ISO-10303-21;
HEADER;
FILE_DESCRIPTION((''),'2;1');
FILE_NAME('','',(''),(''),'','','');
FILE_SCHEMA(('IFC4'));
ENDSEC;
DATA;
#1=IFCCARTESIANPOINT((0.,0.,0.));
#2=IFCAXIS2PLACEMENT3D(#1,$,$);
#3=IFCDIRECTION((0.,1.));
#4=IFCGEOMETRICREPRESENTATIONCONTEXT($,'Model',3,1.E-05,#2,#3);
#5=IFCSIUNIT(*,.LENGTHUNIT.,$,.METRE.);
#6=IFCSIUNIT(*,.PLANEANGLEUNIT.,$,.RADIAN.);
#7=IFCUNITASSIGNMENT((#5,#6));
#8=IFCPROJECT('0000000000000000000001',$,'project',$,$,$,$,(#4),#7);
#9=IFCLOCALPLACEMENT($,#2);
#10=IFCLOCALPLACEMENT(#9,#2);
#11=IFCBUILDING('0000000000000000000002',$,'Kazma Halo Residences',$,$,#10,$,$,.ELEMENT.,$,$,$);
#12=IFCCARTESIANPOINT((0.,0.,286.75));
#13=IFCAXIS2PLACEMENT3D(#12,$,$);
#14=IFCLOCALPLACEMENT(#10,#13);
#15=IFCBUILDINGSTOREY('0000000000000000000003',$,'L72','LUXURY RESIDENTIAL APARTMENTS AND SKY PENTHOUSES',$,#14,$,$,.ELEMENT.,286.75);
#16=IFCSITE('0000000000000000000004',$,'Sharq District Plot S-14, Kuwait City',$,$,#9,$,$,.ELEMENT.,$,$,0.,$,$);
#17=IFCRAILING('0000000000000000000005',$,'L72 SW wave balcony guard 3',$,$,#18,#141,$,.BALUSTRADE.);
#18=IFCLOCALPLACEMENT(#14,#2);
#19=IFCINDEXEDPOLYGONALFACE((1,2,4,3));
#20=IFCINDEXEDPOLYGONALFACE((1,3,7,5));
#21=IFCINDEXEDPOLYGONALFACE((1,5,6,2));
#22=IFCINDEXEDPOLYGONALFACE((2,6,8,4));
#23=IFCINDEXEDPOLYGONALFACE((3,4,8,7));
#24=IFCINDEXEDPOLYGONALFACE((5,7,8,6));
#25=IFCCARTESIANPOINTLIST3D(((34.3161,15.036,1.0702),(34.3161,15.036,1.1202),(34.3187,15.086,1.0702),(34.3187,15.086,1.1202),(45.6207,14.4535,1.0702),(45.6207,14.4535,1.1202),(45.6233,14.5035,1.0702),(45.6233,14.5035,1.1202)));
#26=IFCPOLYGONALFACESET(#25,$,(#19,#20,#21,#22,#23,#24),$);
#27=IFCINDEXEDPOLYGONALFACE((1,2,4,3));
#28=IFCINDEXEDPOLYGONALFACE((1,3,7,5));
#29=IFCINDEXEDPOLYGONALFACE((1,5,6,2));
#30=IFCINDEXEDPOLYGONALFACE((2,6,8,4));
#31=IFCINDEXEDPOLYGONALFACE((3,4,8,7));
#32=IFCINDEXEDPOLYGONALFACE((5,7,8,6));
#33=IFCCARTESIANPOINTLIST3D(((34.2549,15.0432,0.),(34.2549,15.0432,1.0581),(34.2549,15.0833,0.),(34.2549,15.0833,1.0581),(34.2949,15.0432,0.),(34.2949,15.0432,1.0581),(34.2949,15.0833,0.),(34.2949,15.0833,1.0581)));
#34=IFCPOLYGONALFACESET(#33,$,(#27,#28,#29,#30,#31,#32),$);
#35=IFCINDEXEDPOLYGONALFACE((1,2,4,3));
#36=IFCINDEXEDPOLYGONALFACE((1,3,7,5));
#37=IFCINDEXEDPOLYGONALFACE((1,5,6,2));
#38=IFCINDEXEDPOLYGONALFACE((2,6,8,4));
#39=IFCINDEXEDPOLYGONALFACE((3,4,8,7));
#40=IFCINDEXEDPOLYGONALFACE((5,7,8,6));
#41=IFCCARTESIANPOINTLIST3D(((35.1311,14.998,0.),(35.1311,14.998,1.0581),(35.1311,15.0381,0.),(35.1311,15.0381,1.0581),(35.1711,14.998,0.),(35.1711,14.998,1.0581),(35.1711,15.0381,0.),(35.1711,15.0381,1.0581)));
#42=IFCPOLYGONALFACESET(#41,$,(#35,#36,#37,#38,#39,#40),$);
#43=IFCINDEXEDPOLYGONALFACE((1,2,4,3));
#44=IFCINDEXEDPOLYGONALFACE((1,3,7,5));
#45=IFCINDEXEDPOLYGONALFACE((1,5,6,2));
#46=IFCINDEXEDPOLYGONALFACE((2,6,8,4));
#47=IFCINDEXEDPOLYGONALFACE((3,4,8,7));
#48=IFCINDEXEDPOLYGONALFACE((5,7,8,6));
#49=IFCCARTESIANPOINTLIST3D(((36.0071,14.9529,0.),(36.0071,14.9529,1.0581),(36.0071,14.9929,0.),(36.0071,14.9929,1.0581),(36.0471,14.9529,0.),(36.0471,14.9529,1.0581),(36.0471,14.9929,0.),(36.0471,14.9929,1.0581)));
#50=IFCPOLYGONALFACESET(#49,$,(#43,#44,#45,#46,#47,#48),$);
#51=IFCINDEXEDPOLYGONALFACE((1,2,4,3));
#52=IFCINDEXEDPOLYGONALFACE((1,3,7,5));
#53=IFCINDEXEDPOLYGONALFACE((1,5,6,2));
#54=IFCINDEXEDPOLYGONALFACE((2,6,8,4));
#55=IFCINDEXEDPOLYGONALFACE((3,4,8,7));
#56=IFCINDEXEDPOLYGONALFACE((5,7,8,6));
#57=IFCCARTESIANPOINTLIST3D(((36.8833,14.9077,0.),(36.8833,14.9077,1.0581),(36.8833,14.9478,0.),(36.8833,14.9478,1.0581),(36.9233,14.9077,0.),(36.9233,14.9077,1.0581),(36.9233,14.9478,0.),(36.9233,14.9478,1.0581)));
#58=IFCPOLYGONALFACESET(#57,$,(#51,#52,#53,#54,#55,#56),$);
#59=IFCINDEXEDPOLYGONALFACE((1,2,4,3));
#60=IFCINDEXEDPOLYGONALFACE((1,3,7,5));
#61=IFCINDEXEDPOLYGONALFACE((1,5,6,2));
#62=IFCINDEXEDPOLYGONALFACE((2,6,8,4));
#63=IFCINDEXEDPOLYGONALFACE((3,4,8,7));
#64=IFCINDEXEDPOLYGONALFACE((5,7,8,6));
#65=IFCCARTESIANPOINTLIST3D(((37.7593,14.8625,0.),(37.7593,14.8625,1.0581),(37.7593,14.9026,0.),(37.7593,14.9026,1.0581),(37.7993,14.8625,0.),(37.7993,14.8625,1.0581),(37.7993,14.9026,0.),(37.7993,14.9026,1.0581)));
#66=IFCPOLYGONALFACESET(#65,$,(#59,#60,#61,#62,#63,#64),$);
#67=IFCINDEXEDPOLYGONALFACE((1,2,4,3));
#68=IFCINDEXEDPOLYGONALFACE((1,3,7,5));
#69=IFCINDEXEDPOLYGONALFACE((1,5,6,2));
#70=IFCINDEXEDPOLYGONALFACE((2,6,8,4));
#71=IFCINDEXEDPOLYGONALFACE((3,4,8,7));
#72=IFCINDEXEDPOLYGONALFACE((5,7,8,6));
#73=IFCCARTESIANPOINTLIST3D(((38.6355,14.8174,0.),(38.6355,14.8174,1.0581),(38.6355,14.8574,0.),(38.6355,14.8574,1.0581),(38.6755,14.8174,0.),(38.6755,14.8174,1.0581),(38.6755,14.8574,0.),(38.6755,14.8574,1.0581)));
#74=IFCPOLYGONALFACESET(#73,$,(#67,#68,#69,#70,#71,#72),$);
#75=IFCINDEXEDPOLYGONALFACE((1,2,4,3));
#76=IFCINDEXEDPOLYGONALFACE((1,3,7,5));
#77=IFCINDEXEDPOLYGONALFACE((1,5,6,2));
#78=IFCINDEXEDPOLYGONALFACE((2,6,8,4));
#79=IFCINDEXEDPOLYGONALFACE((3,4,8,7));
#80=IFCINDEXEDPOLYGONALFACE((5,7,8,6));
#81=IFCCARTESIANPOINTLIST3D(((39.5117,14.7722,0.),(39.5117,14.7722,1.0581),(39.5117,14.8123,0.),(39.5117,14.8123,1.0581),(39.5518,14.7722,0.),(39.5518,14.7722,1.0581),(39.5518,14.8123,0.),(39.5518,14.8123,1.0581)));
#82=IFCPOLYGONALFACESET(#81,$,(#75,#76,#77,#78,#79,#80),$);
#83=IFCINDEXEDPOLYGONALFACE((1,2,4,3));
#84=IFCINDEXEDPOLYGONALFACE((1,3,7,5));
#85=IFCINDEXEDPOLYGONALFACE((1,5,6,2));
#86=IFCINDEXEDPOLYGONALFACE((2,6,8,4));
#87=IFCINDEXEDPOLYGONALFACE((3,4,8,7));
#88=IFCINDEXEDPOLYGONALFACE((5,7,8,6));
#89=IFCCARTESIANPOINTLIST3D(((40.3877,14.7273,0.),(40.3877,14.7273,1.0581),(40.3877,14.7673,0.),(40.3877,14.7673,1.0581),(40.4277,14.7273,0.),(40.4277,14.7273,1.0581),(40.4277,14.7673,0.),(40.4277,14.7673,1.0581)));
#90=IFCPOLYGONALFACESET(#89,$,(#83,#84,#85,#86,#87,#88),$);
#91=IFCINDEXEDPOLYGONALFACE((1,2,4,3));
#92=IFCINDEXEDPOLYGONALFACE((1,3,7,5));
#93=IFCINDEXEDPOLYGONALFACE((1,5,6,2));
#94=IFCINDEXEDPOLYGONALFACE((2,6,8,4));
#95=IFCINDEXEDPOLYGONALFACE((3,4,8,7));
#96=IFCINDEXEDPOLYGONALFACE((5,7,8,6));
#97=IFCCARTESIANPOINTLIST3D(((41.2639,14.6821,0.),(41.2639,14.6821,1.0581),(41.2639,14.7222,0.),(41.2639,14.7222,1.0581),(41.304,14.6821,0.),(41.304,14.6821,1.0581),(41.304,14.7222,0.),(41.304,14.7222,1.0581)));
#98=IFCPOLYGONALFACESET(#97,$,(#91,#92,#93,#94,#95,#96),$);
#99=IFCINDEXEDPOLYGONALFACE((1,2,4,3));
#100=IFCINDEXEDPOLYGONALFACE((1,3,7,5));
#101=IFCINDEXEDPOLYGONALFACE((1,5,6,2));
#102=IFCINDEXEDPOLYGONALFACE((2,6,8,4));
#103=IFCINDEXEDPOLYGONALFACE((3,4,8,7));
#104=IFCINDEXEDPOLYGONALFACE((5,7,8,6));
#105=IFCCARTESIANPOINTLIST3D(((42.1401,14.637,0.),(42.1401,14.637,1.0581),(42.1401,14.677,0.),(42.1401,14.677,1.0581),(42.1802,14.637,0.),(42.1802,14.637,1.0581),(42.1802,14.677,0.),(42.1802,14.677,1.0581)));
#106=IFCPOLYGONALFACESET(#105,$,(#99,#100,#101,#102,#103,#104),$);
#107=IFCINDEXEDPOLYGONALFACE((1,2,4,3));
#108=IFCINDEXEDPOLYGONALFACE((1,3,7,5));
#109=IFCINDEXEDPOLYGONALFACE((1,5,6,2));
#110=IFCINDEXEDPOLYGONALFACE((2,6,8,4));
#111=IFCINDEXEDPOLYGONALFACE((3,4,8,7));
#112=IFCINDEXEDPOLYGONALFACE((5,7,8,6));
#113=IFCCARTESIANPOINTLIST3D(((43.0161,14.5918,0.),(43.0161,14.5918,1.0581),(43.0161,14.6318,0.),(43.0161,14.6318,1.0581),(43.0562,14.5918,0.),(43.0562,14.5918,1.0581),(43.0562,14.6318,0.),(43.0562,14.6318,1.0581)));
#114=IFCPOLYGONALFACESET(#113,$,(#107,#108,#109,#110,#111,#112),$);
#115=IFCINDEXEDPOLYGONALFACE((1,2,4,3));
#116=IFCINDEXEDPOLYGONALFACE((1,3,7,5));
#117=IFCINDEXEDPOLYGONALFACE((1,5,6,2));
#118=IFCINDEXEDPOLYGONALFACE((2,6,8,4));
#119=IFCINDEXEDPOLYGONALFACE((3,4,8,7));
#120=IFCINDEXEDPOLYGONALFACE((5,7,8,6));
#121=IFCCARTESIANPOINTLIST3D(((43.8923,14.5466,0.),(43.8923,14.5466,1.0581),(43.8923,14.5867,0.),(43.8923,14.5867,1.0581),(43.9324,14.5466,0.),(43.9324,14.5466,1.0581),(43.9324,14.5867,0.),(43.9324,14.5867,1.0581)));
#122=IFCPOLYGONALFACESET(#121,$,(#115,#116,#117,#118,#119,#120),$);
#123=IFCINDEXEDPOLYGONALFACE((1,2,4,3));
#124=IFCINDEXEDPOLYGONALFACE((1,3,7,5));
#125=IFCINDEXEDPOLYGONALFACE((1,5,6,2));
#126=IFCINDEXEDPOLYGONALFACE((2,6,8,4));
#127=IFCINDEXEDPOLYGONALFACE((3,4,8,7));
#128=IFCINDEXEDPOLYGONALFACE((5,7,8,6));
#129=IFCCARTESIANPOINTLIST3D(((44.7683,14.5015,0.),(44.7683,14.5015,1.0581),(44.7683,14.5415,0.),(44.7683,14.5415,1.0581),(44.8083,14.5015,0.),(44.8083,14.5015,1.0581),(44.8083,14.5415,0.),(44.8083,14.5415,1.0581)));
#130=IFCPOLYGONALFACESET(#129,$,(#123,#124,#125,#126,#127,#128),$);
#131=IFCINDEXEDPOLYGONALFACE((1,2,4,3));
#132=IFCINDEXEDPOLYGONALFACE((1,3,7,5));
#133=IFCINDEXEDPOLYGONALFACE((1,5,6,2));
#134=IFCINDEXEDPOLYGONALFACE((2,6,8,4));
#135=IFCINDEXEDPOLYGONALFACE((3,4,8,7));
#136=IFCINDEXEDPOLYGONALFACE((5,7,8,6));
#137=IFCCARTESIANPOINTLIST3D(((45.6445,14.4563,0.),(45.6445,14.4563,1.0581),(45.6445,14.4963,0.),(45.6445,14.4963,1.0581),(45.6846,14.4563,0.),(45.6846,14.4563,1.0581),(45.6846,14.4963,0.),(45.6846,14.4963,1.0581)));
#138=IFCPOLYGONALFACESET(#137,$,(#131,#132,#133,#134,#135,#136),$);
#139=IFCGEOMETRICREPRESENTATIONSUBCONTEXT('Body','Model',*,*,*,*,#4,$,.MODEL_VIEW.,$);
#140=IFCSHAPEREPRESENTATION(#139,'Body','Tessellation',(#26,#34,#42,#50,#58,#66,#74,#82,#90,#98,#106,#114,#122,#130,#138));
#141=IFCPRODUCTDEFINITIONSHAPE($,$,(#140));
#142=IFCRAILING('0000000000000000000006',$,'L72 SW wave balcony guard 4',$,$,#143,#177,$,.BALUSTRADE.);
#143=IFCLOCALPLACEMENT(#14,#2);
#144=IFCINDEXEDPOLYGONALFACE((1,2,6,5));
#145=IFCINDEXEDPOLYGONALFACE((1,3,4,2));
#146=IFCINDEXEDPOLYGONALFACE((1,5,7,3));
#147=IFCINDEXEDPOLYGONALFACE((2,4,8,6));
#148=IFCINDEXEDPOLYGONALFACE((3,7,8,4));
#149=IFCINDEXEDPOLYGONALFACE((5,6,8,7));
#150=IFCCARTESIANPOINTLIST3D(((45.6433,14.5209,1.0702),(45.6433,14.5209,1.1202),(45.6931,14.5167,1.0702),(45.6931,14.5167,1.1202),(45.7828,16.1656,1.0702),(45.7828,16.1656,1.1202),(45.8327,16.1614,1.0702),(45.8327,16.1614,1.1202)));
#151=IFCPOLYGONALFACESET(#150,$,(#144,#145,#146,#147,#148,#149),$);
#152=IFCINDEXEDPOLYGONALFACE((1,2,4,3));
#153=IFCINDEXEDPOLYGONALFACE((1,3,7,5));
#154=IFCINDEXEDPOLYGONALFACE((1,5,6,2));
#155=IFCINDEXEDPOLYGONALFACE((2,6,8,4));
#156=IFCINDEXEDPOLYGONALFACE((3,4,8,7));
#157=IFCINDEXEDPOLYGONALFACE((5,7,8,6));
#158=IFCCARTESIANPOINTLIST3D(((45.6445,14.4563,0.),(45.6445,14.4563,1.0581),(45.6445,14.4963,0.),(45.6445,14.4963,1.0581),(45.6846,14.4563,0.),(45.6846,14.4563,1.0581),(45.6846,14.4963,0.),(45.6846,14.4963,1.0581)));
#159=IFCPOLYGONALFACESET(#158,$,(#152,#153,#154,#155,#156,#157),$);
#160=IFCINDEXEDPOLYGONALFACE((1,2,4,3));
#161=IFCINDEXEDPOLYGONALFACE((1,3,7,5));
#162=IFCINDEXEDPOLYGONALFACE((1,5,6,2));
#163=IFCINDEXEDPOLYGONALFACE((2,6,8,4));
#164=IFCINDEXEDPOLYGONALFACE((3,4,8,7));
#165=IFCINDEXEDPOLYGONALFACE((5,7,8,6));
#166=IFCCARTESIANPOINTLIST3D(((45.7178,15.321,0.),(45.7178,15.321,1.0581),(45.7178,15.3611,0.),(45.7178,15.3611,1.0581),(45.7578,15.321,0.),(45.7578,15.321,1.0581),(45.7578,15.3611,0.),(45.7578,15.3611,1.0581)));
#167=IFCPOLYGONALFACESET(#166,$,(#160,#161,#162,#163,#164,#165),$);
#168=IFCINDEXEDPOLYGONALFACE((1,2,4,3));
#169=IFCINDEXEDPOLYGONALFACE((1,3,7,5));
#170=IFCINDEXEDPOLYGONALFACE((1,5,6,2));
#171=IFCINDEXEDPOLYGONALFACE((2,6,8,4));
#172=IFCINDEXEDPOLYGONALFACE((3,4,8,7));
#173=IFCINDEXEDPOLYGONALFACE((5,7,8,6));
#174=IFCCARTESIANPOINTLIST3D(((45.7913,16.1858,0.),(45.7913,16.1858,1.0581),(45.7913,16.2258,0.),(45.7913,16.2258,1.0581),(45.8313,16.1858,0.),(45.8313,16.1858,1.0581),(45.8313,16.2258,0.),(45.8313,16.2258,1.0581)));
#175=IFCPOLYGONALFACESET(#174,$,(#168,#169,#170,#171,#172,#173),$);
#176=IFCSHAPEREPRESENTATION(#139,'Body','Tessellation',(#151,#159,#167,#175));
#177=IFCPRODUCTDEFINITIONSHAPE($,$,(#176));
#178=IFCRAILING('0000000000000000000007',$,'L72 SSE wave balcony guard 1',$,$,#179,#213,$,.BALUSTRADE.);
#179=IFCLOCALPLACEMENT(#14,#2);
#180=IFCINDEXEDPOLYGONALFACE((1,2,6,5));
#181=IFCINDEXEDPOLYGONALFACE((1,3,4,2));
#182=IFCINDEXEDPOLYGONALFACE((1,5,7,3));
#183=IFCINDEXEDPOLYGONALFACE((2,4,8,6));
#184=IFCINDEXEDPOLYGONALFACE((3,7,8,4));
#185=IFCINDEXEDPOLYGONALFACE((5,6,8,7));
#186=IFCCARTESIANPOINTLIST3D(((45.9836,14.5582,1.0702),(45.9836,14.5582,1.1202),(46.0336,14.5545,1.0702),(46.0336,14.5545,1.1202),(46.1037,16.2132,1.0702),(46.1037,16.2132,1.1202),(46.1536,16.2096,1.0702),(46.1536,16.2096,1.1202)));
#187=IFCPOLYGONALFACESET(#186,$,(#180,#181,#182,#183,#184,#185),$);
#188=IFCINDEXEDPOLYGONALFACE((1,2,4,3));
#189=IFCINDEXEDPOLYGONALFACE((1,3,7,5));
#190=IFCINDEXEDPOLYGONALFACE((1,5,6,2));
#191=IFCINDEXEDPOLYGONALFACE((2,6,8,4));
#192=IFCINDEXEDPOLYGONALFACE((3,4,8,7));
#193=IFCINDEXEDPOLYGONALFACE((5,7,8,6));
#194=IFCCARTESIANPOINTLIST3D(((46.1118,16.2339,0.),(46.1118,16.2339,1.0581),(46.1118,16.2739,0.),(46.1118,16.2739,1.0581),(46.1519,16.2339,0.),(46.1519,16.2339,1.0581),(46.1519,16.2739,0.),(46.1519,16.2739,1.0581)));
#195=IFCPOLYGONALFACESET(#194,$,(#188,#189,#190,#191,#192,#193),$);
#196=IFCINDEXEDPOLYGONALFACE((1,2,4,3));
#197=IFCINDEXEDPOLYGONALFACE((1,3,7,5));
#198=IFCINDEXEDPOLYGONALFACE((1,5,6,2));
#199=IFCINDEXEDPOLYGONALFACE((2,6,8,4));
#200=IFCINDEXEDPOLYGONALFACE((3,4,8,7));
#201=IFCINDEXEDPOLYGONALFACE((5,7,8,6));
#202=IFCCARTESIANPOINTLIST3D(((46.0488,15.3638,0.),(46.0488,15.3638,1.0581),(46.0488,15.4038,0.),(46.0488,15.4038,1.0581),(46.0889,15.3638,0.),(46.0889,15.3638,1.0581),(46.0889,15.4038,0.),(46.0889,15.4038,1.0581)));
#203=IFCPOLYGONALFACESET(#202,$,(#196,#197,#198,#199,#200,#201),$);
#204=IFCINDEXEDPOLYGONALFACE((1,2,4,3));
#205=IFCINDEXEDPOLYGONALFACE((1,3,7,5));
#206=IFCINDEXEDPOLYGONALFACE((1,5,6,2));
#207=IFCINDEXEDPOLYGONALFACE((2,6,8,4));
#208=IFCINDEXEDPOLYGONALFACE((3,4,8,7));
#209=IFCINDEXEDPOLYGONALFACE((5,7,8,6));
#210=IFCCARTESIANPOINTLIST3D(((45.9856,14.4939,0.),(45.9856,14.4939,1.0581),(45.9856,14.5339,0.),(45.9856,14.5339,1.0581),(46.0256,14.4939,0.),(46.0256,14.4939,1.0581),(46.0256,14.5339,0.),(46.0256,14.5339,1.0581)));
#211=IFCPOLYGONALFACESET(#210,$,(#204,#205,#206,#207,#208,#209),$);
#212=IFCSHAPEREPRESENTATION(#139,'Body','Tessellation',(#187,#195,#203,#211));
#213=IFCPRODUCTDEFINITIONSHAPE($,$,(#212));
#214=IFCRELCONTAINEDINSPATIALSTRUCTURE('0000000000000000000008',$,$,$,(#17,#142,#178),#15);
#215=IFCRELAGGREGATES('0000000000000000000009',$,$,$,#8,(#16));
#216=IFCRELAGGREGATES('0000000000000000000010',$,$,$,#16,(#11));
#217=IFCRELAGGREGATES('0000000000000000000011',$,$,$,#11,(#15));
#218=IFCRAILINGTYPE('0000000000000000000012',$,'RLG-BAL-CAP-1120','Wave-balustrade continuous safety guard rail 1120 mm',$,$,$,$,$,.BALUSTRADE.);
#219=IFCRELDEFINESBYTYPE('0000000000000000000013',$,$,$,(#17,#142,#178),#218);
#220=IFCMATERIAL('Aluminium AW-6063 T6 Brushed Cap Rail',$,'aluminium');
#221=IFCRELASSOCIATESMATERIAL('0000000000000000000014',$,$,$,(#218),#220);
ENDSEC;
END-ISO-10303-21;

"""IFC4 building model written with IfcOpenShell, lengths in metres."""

from ifc_helpers import new_model, si_unit, direction, frame, origin, origin_2d, place, context, subcontext, project, spatial, rectangle, extrude, material, type_object, element, save


model = new_model("IFC4")

# Units and contexts
model_context = context("Model", 3, precision=1e-05, world=origin(), true_north=direction((0.0, 1.0)))
body_context = subcontext(model_context, "Body", "Model", "MODEL_VIEW")
ifc_project = project(units=[si_unit("LENGTHUNIT", "METRE"), si_unit("PLANEANGLEUNIT", "RADIAN")], contexts=[model_context])

# Site, building, storey
site_placement = place(None, origin())
site = spatial("IfcSite", under=ifc_project, at=site_placement, Name="Sharq District Plot S-14, Kuwait City", CompositionType="ELEMENT", RefElevation=0.0)
building_placement = place(site_placement, origin())
building = spatial("IfcBuilding", under=site, at=building_placement, Name="Kazma Halo Residences", CompositionType="ELEMENT")
storey_placement = place(building_placement, frame((0.0, 0.0, 286.75)))
storey = spatial("IfcBuildingStorey", under=building, at=storey_placement, Name="L72", Description="LUXURY RESIDENTIAL APARTMENTS AND SKY PENTHOUSES", CompositionType="ELEMENT", Elevation=286.75)

# Railings
ifc_material_1 = material(Name="Aluminium AW-6063 T6 Brushed Cap Rail", Category="aluminium")
railing_type = type_object("IfcRailingType", Name="RLG-BAL-CAP-1120", Description="Wave-balustrade continuous safety guard rail 1120 mm", PredefinedType="BALUSTRADE", material=ifc_material_1)
railing_1_placement = place(storey_placement, frame((34.2749, 15.0632, 0.0)))
element("IfcRailing", 1, at=railing_1_placement, inside=storey, type_object=railing_type, Name="L72 SW wave balcony guard 3", PredefinedType="BALUSTRADE", context=body_context, shape_type="SweptSolid", body=[
    extrude(rectangle(XDim=0.05, YDim=0.05, at=origin_2d()), frame((0.0425, -0.0022, 1.0952), z_axis=(0.998675, -0.051462, 0.0), x_axis=(0.051462, 0.998675, 0.0)), (0.0, 0.0, 1.0), 11.3196),
    extrude(rectangle(XDim=0.04, YDim=0.04, at=origin_2d()), origin(), (0.0, 0.0, 1.0), 1.0581),
    extrude(rectangle(XDim=0.04, YDim=0.04, at=origin_2d()), frame((0.8762, -0.0452, 0.0)), (0.0, 0.0, 1.0), 1.0581),
    extrude(rectangle(XDim=0.04, YDim=0.04, at=origin_2d()), frame((1.7522, -0.0903, 0.0)), (0.0, 0.0, 1.0), 1.0581),
    extrude(rectangle(XDim=0.04, YDim=0.04, at=origin_2d()), frame((2.6284, -0.1355, 0.0)), (0.0, 0.0, 1.0), 1.0581),
    extrude(rectangle(XDim=0.04, YDim=0.04, at=origin_2d()), frame((3.5044, -0.1807, 0.0)), (0.0, 0.0, 1.0), 1.0581),
    extrude(rectangle(XDim=0.04, YDim=0.04, at=origin_2d()), frame((4.3806, -0.2258, 0.0)), (0.0, 0.0, 1.0), 1.0581),
    extrude(rectangle(XDim=0.04, YDim=0.04, at=origin_2d()), frame((5.2568, -0.271, 0.0)), (0.0, 0.0, 1.0), 1.0581),
    extrude(rectangle(XDim=0.04, YDim=0.04, at=origin_2d()), frame((6.1328, -0.3159, 0.0)), (0.0, 0.0, 1.0), 1.0581),
    extrude(rectangle(XDim=0.04, YDim=0.04, at=origin_2d()), frame((7.009, -0.3611, 0.0)), (0.0, 0.0, 1.0), 1.0581),
    extrude(rectangle(XDim=0.04, YDim=0.04, at=origin_2d()), frame((7.8853, -0.4062, 0.0)), (0.0, 0.0, 1.0), 1.0581),
    extrude(rectangle(XDim=0.04, YDim=0.04, at=origin_2d()), frame((8.7612, -0.4514, 0.0)), (0.0, 0.0, 1.0), 1.0581),
    extrude(rectangle(XDim=0.04, YDim=0.04, at=origin_2d()), frame((9.6375, -0.4966, 0.0)), (0.0, 0.0, 1.0), 1.0581),
    extrude(rectangle(XDim=0.04, YDim=0.04, at=origin_2d()), frame((10.5134, -0.5417, 0.0)), (0.0, 0.0, 1.0), 1.0581),
    extrude(rectangle(XDim=0.04, YDim=0.04, at=origin_2d()), frame((11.3896, -0.5869, 0.0)), (0.0, 0.0, 1.0), 1.0581),
])
railing_2_placement = place(storey_placement, frame((45.6646, 14.4763, 0.0)))
element("IfcRailing", 2, at=railing_2_placement, inside=storey, type_object=railing_type, Name="L72 SW wave balcony guard 4", PredefinedType="BALUSTRADE", context=body_context, shape_type="SweptSolid", body=[
    extrude(rectangle(XDim=0.05, YDim=0.05, at=origin_2d()), frame((0.0037, 0.0425, 1.0952), z_axis=(0.084535, 0.99642, 0.0), x_axis=(-0.99642, 0.084535, 0.0)), (0.0, 0.0, 1.0), 1.6506),
    extrude(rectangle(XDim=0.04, YDim=0.04, at=origin_2d()), origin(), (0.0, 0.0, 1.0), 1.0581),
    extrude(rectangle(XDim=0.04, YDim=0.04, at=origin_2d()), frame((0.0732, 0.8647, 0.0)), (0.0, 0.0, 1.0), 1.0581),
    extrude(rectangle(XDim=0.04, YDim=0.04, at=origin_2d()), frame((0.1467, 1.7295, 0.0)), (0.0, 0.0, 1.0), 1.0581),
])
railing_3_placement = place(storey_placement, frame((46.1318, 16.2539, 0.0)))
element("IfcRailing", 3, at=railing_3_placement, inside=storey, type_object=railing_type, Name="L72 SSE wave balcony guard 1", PredefinedType="BALUSTRADE", context=body_context, shape_type="SweptSolid", body=[
    extrude(rectangle(XDim=0.05, YDim=0.05, at=origin_2d()), frame((-0.0032, -0.0425, 1.0952), z_axis=(-0.072351, -0.997379, 0.0), x_axis=(0.997379, -0.072351, 0.0)), (0.0, 0.0, 1.0), 1.6594),
    extrude(rectangle(XDim=0.04, YDim=0.04, at=origin_2d()), origin(), (0.0, 0.0, 1.0), 1.0581),
    extrude(rectangle(XDim=0.04, YDim=0.04, at=origin_2d()), frame((-0.063, -0.8701, 0.0)), (0.0, 0.0, 1.0), 1.0581),
    extrude(rectangle(XDim=0.04, YDim=0.04, at=origin_2d()), frame((-0.1262, -1.74, 0.0)), (0.0, 0.0, 1.0), 1.0581),
])

save(model, "model.ifc")
